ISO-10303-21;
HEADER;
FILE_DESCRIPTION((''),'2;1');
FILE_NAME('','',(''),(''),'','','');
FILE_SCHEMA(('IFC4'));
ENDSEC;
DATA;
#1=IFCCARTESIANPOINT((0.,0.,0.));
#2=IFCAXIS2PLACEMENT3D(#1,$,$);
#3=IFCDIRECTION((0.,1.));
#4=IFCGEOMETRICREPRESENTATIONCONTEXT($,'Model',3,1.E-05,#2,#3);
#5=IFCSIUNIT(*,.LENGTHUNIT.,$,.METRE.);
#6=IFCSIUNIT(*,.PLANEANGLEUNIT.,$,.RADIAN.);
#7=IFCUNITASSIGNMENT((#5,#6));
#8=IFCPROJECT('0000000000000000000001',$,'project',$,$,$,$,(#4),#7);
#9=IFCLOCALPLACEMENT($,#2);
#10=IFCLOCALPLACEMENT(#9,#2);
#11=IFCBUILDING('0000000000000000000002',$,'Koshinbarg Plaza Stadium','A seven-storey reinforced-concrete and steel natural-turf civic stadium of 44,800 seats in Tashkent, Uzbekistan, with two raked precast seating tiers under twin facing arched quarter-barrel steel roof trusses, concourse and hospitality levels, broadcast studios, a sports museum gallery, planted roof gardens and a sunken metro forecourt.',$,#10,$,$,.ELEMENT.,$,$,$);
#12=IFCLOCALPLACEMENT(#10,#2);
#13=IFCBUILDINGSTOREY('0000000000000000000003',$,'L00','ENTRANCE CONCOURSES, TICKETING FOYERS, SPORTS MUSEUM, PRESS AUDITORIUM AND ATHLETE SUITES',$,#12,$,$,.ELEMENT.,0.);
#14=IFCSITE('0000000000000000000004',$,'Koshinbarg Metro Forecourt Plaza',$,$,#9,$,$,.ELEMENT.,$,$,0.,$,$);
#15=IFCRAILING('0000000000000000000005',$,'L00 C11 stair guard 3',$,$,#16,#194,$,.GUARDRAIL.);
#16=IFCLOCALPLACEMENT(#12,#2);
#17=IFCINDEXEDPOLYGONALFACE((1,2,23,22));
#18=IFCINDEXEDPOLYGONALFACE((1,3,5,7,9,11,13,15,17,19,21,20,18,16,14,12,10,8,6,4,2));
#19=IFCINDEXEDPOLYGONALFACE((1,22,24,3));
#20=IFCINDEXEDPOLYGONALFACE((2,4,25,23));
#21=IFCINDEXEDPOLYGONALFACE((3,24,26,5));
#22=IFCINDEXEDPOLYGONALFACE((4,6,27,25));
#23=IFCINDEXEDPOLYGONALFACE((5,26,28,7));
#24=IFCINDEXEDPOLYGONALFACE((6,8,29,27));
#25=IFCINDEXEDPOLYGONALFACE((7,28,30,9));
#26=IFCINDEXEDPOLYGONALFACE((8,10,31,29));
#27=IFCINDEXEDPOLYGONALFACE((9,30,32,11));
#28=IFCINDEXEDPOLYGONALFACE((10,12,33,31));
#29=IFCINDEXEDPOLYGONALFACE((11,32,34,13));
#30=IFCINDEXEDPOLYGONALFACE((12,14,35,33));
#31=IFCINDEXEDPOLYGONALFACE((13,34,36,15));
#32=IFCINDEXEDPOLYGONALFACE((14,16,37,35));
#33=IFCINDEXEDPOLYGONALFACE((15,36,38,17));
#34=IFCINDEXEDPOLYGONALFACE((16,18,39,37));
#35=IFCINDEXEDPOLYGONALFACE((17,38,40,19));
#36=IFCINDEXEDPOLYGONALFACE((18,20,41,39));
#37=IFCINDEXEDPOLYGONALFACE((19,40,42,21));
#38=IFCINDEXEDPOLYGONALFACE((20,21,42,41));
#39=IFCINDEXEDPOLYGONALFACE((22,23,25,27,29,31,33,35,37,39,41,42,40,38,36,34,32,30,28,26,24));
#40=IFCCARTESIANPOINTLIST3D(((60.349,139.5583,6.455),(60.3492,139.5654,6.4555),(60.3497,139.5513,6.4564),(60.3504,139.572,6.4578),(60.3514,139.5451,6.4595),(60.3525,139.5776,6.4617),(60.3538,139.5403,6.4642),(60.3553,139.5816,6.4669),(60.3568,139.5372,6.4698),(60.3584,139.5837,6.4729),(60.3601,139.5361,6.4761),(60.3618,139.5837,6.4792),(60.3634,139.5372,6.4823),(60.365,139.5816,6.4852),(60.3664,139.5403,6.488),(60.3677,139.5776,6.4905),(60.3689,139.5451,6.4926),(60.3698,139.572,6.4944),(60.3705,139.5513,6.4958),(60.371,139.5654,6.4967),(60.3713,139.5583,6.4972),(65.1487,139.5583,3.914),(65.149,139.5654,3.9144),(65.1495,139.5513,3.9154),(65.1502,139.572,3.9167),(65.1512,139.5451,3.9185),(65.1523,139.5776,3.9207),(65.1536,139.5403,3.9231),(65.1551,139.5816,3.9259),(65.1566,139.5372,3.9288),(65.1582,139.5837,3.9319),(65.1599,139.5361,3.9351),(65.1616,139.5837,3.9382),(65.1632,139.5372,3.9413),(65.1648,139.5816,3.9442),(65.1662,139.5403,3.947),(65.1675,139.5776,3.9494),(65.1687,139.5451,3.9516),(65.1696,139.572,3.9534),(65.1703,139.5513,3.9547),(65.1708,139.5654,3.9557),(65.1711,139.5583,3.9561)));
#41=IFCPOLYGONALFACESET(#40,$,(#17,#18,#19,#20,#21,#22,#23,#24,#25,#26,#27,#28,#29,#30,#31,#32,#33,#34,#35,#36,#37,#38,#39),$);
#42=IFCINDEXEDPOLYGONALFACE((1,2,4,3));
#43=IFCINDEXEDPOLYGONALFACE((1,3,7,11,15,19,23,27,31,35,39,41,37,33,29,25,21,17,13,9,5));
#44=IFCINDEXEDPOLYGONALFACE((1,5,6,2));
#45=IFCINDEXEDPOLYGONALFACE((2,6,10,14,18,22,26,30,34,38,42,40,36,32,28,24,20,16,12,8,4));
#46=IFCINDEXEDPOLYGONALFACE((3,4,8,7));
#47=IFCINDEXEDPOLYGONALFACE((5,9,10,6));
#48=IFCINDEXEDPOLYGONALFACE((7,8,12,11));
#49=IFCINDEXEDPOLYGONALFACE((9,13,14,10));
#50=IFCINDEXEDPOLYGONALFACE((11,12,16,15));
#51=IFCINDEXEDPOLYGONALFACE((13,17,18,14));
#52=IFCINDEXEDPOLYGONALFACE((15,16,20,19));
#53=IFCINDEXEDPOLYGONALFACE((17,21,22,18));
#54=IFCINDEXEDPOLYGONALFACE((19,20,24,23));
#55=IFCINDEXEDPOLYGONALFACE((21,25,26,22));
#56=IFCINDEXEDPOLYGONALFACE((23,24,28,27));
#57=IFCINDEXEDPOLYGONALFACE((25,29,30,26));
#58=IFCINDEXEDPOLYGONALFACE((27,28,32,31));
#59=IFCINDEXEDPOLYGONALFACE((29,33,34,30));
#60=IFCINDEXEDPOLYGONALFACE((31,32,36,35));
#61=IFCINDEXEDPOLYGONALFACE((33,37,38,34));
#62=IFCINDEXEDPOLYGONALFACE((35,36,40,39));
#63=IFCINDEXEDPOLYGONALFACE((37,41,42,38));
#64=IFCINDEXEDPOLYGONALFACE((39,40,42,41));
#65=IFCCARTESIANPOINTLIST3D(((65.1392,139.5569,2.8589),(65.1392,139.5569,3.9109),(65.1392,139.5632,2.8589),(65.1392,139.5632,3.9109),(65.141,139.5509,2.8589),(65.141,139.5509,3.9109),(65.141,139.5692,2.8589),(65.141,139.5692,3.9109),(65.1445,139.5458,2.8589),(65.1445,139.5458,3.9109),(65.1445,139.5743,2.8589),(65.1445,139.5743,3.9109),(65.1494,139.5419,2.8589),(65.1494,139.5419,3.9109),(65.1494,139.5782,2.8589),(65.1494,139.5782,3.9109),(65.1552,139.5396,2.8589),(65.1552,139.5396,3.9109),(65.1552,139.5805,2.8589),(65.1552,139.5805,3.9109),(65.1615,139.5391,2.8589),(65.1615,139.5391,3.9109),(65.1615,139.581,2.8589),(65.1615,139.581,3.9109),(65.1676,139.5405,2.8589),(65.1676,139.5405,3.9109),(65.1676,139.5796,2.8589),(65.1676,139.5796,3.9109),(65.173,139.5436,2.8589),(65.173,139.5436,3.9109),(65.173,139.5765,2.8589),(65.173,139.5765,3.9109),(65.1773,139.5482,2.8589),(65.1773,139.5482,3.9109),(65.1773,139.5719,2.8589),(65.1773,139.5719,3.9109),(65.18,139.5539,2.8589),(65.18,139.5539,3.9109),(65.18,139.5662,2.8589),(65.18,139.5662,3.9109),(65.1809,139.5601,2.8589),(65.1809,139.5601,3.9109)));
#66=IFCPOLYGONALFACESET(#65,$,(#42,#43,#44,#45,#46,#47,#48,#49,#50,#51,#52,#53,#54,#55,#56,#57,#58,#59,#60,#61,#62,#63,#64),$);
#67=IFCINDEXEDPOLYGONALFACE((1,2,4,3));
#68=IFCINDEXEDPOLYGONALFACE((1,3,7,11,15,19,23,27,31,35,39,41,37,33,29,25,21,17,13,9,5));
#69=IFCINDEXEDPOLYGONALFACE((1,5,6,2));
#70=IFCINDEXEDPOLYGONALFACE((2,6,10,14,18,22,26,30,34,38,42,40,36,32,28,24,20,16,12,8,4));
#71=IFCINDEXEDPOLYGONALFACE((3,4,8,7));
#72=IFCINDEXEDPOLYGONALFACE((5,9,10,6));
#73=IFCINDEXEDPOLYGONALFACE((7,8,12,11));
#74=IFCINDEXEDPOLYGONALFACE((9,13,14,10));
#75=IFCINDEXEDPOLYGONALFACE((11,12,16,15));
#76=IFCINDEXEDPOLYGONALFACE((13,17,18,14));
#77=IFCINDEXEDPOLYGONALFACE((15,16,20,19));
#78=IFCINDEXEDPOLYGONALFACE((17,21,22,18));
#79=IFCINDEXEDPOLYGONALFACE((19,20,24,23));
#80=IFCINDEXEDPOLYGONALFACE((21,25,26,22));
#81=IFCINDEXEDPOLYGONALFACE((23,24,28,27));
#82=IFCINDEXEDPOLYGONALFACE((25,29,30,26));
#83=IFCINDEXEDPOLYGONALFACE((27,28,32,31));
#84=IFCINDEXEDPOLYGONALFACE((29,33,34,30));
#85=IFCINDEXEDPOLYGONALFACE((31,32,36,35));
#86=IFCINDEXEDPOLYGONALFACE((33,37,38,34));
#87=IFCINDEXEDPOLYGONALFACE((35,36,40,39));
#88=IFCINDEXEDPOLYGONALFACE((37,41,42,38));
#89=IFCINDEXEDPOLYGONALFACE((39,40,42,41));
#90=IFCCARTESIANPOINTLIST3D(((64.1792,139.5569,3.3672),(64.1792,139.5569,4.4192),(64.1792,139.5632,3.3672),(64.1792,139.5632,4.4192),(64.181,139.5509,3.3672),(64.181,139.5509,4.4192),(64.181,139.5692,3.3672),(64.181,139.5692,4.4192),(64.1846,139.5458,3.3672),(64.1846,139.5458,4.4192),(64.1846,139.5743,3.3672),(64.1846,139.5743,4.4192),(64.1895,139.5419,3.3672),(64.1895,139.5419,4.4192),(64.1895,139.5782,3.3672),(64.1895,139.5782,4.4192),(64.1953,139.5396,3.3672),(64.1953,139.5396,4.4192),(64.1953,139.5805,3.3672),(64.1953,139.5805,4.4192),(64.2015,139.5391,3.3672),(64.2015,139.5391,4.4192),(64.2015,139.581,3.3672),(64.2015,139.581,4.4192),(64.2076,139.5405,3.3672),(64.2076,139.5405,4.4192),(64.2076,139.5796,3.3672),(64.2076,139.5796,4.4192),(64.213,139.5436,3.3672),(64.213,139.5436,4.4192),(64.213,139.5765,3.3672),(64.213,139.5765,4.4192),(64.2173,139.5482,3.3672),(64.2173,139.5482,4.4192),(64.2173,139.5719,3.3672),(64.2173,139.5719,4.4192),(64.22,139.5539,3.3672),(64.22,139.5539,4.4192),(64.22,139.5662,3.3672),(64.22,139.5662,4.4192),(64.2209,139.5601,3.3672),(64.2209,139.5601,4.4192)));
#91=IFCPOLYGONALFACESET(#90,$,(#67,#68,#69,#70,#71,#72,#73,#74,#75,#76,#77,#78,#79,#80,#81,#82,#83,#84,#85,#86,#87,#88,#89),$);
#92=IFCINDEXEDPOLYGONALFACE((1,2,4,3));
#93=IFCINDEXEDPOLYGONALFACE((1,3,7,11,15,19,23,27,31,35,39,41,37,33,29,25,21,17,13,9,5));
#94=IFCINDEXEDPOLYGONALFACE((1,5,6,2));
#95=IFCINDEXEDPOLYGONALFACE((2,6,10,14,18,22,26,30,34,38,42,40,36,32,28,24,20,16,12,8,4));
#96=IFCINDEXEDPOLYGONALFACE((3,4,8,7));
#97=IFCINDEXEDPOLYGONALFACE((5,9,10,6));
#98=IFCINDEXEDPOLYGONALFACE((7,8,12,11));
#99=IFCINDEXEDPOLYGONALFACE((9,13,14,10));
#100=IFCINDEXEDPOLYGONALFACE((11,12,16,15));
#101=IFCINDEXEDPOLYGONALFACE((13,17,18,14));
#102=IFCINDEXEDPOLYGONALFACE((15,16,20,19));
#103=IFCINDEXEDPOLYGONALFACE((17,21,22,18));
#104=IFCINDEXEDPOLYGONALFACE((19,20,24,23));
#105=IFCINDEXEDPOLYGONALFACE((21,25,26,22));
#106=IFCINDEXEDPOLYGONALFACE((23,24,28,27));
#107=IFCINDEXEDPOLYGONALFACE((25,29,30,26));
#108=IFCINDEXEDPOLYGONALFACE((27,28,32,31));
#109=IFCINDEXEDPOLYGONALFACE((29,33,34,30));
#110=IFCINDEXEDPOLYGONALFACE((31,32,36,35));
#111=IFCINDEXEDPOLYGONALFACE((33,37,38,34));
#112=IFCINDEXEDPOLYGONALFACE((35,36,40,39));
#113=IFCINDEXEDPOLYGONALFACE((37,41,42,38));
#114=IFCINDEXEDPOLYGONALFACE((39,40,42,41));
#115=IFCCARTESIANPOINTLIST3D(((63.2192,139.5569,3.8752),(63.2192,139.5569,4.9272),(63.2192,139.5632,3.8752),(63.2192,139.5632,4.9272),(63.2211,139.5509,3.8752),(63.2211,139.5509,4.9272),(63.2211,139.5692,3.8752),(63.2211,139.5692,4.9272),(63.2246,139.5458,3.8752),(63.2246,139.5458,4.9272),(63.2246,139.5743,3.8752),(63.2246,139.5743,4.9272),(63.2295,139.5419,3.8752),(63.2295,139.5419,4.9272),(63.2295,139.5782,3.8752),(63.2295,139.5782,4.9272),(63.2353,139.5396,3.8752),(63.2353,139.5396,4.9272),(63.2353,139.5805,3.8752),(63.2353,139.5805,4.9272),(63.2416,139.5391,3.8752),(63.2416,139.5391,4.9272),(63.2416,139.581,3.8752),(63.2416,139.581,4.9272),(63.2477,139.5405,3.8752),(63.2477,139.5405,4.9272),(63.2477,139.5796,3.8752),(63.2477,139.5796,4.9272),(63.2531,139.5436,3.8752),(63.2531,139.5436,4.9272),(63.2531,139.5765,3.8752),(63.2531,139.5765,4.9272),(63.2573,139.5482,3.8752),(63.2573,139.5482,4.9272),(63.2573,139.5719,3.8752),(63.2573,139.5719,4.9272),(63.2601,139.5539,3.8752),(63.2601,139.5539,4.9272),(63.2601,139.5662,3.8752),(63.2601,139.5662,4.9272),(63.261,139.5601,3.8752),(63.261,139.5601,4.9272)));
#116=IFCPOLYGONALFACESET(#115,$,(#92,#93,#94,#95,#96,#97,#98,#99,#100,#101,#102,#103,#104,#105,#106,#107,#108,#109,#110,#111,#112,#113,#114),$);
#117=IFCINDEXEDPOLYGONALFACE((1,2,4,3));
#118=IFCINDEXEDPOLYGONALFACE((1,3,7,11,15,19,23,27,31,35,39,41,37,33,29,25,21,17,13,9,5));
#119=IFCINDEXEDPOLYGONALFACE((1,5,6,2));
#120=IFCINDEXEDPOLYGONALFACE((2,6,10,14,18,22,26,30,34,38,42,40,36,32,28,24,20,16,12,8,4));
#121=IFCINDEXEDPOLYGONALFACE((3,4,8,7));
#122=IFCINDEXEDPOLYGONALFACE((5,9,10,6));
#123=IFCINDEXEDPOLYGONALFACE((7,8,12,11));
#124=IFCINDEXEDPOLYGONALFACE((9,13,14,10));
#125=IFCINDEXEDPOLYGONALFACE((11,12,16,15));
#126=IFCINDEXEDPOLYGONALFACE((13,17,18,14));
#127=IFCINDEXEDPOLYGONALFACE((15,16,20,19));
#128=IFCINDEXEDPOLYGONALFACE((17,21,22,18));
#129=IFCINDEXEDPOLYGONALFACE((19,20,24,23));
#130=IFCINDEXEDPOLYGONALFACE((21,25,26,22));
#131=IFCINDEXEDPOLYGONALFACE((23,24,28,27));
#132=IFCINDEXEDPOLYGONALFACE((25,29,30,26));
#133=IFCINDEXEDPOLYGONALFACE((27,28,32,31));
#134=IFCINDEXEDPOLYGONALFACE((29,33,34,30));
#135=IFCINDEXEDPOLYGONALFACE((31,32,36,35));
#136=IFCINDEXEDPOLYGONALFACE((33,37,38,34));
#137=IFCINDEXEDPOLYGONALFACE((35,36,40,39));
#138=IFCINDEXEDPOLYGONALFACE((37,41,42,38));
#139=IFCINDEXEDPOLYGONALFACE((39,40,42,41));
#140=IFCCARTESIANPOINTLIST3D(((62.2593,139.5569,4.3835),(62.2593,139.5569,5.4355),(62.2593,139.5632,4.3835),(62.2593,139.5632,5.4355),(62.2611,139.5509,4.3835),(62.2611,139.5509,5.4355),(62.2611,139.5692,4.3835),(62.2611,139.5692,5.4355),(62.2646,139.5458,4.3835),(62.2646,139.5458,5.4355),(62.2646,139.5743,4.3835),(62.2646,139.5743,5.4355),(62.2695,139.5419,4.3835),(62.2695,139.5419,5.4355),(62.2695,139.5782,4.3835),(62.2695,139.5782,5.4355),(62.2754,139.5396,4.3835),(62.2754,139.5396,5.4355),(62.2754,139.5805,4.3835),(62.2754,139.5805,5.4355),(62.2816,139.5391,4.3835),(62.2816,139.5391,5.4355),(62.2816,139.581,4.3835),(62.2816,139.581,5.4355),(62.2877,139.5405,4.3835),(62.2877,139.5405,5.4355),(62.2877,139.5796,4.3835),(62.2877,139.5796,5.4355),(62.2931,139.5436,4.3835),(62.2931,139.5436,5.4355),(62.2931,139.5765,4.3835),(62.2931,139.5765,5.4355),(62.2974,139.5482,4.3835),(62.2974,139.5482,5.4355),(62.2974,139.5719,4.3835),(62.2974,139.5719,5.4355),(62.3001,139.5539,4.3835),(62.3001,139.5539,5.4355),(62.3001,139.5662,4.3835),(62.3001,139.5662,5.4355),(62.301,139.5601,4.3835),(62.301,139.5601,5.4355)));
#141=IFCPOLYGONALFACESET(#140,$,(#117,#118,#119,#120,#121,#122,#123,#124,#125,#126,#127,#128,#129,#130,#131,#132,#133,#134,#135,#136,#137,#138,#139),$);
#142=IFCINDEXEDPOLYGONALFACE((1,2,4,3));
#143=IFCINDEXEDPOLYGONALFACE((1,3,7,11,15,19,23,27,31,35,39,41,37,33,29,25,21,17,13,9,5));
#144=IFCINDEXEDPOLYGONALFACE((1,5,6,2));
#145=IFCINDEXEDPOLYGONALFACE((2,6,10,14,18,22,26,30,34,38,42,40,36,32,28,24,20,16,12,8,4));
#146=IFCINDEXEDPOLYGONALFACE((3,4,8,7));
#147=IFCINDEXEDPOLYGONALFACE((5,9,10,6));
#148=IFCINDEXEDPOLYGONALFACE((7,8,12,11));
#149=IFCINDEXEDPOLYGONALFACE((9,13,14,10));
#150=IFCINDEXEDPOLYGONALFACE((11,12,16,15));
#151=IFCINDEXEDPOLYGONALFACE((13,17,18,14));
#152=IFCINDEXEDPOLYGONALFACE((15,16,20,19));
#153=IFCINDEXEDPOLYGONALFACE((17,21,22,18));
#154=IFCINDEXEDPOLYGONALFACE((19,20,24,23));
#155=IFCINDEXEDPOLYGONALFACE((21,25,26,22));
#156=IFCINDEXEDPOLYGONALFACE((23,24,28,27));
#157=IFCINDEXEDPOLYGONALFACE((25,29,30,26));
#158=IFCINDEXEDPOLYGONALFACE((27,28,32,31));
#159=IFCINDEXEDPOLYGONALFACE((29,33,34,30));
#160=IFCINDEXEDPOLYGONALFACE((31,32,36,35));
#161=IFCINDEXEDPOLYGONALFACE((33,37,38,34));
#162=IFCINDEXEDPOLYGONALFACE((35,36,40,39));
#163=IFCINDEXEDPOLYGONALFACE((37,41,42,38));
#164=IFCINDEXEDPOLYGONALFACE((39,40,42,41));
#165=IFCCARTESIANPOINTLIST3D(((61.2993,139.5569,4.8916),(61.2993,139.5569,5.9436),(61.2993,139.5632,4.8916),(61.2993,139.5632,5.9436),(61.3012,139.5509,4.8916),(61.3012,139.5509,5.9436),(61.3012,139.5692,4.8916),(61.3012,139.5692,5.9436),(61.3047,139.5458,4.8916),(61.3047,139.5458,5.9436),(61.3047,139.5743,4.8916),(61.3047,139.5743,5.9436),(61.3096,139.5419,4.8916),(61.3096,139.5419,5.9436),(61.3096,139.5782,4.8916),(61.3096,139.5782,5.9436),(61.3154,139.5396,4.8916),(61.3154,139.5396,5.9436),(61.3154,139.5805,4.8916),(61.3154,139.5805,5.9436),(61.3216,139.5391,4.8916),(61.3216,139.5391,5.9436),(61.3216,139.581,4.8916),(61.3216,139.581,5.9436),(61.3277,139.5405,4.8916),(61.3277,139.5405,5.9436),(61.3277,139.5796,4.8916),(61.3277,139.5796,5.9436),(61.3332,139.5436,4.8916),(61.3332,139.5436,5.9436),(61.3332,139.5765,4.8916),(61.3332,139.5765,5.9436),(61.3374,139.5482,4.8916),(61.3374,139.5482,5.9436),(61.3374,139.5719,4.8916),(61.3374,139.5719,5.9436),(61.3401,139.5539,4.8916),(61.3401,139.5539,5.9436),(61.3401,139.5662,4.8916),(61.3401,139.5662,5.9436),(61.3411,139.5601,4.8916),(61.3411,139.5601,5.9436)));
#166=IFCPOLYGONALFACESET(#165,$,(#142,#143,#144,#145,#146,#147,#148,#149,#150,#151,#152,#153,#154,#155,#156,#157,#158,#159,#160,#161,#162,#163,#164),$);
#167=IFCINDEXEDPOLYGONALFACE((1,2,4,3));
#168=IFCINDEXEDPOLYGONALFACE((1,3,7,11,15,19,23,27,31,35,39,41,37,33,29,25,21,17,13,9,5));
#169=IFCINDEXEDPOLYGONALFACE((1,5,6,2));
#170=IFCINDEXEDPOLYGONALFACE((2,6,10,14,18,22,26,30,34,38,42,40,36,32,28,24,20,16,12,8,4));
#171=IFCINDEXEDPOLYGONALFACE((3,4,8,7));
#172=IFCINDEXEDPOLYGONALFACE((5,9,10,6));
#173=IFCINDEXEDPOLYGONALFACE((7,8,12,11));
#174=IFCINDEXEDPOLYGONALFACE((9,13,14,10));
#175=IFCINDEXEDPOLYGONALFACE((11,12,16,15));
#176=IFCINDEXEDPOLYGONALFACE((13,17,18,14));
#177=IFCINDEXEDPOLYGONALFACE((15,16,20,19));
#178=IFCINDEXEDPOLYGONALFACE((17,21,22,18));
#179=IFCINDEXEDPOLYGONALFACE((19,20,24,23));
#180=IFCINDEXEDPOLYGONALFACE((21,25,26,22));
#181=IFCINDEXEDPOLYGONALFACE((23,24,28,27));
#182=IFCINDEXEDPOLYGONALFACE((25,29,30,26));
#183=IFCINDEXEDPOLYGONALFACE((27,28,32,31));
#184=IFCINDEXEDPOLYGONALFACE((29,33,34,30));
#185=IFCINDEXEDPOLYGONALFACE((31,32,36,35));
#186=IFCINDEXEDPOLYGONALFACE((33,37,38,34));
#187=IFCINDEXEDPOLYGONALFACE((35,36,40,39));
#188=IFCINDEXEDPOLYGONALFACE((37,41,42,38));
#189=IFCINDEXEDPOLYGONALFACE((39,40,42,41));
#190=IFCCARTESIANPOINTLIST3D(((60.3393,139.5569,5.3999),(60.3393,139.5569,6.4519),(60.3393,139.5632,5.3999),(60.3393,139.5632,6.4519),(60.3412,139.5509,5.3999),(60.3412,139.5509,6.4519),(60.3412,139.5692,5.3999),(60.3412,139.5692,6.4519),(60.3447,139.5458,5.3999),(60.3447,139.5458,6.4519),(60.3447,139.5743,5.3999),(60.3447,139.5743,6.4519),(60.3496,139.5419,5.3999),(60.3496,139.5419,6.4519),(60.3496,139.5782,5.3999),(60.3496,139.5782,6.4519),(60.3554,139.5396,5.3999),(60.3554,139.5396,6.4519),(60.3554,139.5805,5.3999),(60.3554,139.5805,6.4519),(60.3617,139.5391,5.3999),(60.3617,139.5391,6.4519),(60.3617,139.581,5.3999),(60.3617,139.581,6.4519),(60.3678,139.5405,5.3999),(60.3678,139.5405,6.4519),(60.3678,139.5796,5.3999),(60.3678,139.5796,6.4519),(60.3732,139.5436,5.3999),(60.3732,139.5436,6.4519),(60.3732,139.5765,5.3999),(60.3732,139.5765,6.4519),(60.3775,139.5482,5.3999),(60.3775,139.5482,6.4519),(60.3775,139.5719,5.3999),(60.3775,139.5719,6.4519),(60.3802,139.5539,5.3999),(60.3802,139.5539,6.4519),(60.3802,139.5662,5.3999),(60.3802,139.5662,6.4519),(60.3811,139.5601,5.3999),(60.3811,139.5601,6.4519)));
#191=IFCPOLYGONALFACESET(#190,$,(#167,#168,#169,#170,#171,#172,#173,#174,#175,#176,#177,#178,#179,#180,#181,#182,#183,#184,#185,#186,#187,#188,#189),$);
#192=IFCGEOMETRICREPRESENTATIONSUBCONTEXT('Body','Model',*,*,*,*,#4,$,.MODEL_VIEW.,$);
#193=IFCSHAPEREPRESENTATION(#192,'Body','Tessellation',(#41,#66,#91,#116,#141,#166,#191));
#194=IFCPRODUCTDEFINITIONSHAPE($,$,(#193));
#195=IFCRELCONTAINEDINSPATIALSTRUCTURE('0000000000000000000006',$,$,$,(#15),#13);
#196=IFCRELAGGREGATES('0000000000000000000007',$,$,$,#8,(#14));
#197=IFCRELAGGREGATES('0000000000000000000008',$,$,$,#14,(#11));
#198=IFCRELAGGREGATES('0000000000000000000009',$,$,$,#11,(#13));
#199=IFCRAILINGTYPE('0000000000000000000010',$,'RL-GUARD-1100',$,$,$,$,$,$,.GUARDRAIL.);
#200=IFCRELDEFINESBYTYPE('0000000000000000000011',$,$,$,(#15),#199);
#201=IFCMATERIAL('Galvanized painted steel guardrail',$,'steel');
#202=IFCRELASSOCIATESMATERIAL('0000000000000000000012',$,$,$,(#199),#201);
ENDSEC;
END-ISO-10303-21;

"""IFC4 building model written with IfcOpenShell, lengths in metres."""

from ifc_helpers import new_model, si_unit, direction, frame, origin, origin_2d, place, context, subcontext, project, spatial, circle, extrude, material, type_object, element, save


model = new_model("IFC4")

# Units and contexts
model_context = context("Model", 3, precision=1e-05, world=origin(), true_north=direction((0.0, 1.0)))
body_context = subcontext(model_context, "Body", "Model", "MODEL_VIEW")
ifc_project = project(units=[si_unit("LENGTHUNIT", "METRE"), si_unit("PLANEANGLEUNIT", "RADIAN")], contexts=[model_context])

# Site, building, storey
site_placement = place(None, origin())
site = spatial("IfcSite", under=ifc_project, at=site_placement, Name="Koshinbarg Metro Forecourt Plaza", CompositionType="ELEMENT", RefElevation=0.0)
building_placement = place(site_placement, origin())
building = spatial("IfcBuilding", under=site, at=building_placement, Name="Koshinbarg Plaza Stadium", Description="A seven-storey reinforced-concrete and steel natural-turf civic stadium of 44,800 seats in Tashkent, Uzbekistan, with two raked precast seating tiers under twin facing arched quarter-barrel steel roof trusses, concourse and hospitality levels, broadcast studios, a sports museum gallery, planted roof gardens and a sunken metro forecourt.", CompositionType="ELEMENT")
storey_placement = place(building_placement, origin())
storey = spatial("IfcBuildingStorey", under=building, at=storey_placement, Name="L00", Description="ENTRANCE CONCOURSES, TICKETING FOYERS, SPORTS MUSEUM, PRESS AUDITORIUM AND ATHLETE SUITES", CompositionType="ELEMENT", Elevation=0.0)

# Railing
ifc_material_1 = material(Name="Galvanized painted steel guardrail", Category="steel")
railing_type_1 = type_object("IfcRailingType", Name="RL-GUARD-1100", PredefinedType="GUARDRAIL", material=ifc_material_1)
railing_1_placement = place(storey_placement, frame((65.1599, 139.5601, 2.8589)))
element("IfcRailing", 1, at=railing_1_placement, inside=storey, type_object=railing_type_1, Name="L00 C11 stair guard 3", PredefinedType="GUARDRAIL", context=body_context, shape_type="SweptSolid", body=[
    extrude(circle(Radius=0.0239, at=origin_2d()), frame((0.0, 0.0, 1.0762), z_axis=(-0.883792, 0.0, 0.467879), x_axis=(0.0, -1.0, 0.0)), (0.0, 0.0, 1.0), 5.4309),
    extrude(circle(Radius=0.021, at=origin_2d()), origin(), (0.0, 0.0, 1.0), 1.052),
    extrude(circle(Radius=0.021, at=origin_2d()), frame((-0.96, 0.0, 0.5083)), (0.0, 0.0, 1.0), 1.052),
    extrude(circle(Radius=0.021, at=origin_2d()), frame((-1.9199, 0.0, 1.0164)), (0.0, 0.0, 1.0), 1.052),
    extrude(circle(Radius=0.021, at=origin_2d()), frame((-2.8799, 0.0, 1.5247)), (0.0, 0.0, 1.0), 1.052),
    extrude(circle(Radius=0.021, at=origin_2d()), frame((-3.8398, 0.0, 2.0327)), (0.0, 0.0, 1.0), 1.052),
    extrude(circle(Radius=0.021, at=origin_2d()), frame((-4.7998, 0.0, 2.541)), (0.0, 0.0, 1.0), 1.052),
])

save(model, "model.ifc")
